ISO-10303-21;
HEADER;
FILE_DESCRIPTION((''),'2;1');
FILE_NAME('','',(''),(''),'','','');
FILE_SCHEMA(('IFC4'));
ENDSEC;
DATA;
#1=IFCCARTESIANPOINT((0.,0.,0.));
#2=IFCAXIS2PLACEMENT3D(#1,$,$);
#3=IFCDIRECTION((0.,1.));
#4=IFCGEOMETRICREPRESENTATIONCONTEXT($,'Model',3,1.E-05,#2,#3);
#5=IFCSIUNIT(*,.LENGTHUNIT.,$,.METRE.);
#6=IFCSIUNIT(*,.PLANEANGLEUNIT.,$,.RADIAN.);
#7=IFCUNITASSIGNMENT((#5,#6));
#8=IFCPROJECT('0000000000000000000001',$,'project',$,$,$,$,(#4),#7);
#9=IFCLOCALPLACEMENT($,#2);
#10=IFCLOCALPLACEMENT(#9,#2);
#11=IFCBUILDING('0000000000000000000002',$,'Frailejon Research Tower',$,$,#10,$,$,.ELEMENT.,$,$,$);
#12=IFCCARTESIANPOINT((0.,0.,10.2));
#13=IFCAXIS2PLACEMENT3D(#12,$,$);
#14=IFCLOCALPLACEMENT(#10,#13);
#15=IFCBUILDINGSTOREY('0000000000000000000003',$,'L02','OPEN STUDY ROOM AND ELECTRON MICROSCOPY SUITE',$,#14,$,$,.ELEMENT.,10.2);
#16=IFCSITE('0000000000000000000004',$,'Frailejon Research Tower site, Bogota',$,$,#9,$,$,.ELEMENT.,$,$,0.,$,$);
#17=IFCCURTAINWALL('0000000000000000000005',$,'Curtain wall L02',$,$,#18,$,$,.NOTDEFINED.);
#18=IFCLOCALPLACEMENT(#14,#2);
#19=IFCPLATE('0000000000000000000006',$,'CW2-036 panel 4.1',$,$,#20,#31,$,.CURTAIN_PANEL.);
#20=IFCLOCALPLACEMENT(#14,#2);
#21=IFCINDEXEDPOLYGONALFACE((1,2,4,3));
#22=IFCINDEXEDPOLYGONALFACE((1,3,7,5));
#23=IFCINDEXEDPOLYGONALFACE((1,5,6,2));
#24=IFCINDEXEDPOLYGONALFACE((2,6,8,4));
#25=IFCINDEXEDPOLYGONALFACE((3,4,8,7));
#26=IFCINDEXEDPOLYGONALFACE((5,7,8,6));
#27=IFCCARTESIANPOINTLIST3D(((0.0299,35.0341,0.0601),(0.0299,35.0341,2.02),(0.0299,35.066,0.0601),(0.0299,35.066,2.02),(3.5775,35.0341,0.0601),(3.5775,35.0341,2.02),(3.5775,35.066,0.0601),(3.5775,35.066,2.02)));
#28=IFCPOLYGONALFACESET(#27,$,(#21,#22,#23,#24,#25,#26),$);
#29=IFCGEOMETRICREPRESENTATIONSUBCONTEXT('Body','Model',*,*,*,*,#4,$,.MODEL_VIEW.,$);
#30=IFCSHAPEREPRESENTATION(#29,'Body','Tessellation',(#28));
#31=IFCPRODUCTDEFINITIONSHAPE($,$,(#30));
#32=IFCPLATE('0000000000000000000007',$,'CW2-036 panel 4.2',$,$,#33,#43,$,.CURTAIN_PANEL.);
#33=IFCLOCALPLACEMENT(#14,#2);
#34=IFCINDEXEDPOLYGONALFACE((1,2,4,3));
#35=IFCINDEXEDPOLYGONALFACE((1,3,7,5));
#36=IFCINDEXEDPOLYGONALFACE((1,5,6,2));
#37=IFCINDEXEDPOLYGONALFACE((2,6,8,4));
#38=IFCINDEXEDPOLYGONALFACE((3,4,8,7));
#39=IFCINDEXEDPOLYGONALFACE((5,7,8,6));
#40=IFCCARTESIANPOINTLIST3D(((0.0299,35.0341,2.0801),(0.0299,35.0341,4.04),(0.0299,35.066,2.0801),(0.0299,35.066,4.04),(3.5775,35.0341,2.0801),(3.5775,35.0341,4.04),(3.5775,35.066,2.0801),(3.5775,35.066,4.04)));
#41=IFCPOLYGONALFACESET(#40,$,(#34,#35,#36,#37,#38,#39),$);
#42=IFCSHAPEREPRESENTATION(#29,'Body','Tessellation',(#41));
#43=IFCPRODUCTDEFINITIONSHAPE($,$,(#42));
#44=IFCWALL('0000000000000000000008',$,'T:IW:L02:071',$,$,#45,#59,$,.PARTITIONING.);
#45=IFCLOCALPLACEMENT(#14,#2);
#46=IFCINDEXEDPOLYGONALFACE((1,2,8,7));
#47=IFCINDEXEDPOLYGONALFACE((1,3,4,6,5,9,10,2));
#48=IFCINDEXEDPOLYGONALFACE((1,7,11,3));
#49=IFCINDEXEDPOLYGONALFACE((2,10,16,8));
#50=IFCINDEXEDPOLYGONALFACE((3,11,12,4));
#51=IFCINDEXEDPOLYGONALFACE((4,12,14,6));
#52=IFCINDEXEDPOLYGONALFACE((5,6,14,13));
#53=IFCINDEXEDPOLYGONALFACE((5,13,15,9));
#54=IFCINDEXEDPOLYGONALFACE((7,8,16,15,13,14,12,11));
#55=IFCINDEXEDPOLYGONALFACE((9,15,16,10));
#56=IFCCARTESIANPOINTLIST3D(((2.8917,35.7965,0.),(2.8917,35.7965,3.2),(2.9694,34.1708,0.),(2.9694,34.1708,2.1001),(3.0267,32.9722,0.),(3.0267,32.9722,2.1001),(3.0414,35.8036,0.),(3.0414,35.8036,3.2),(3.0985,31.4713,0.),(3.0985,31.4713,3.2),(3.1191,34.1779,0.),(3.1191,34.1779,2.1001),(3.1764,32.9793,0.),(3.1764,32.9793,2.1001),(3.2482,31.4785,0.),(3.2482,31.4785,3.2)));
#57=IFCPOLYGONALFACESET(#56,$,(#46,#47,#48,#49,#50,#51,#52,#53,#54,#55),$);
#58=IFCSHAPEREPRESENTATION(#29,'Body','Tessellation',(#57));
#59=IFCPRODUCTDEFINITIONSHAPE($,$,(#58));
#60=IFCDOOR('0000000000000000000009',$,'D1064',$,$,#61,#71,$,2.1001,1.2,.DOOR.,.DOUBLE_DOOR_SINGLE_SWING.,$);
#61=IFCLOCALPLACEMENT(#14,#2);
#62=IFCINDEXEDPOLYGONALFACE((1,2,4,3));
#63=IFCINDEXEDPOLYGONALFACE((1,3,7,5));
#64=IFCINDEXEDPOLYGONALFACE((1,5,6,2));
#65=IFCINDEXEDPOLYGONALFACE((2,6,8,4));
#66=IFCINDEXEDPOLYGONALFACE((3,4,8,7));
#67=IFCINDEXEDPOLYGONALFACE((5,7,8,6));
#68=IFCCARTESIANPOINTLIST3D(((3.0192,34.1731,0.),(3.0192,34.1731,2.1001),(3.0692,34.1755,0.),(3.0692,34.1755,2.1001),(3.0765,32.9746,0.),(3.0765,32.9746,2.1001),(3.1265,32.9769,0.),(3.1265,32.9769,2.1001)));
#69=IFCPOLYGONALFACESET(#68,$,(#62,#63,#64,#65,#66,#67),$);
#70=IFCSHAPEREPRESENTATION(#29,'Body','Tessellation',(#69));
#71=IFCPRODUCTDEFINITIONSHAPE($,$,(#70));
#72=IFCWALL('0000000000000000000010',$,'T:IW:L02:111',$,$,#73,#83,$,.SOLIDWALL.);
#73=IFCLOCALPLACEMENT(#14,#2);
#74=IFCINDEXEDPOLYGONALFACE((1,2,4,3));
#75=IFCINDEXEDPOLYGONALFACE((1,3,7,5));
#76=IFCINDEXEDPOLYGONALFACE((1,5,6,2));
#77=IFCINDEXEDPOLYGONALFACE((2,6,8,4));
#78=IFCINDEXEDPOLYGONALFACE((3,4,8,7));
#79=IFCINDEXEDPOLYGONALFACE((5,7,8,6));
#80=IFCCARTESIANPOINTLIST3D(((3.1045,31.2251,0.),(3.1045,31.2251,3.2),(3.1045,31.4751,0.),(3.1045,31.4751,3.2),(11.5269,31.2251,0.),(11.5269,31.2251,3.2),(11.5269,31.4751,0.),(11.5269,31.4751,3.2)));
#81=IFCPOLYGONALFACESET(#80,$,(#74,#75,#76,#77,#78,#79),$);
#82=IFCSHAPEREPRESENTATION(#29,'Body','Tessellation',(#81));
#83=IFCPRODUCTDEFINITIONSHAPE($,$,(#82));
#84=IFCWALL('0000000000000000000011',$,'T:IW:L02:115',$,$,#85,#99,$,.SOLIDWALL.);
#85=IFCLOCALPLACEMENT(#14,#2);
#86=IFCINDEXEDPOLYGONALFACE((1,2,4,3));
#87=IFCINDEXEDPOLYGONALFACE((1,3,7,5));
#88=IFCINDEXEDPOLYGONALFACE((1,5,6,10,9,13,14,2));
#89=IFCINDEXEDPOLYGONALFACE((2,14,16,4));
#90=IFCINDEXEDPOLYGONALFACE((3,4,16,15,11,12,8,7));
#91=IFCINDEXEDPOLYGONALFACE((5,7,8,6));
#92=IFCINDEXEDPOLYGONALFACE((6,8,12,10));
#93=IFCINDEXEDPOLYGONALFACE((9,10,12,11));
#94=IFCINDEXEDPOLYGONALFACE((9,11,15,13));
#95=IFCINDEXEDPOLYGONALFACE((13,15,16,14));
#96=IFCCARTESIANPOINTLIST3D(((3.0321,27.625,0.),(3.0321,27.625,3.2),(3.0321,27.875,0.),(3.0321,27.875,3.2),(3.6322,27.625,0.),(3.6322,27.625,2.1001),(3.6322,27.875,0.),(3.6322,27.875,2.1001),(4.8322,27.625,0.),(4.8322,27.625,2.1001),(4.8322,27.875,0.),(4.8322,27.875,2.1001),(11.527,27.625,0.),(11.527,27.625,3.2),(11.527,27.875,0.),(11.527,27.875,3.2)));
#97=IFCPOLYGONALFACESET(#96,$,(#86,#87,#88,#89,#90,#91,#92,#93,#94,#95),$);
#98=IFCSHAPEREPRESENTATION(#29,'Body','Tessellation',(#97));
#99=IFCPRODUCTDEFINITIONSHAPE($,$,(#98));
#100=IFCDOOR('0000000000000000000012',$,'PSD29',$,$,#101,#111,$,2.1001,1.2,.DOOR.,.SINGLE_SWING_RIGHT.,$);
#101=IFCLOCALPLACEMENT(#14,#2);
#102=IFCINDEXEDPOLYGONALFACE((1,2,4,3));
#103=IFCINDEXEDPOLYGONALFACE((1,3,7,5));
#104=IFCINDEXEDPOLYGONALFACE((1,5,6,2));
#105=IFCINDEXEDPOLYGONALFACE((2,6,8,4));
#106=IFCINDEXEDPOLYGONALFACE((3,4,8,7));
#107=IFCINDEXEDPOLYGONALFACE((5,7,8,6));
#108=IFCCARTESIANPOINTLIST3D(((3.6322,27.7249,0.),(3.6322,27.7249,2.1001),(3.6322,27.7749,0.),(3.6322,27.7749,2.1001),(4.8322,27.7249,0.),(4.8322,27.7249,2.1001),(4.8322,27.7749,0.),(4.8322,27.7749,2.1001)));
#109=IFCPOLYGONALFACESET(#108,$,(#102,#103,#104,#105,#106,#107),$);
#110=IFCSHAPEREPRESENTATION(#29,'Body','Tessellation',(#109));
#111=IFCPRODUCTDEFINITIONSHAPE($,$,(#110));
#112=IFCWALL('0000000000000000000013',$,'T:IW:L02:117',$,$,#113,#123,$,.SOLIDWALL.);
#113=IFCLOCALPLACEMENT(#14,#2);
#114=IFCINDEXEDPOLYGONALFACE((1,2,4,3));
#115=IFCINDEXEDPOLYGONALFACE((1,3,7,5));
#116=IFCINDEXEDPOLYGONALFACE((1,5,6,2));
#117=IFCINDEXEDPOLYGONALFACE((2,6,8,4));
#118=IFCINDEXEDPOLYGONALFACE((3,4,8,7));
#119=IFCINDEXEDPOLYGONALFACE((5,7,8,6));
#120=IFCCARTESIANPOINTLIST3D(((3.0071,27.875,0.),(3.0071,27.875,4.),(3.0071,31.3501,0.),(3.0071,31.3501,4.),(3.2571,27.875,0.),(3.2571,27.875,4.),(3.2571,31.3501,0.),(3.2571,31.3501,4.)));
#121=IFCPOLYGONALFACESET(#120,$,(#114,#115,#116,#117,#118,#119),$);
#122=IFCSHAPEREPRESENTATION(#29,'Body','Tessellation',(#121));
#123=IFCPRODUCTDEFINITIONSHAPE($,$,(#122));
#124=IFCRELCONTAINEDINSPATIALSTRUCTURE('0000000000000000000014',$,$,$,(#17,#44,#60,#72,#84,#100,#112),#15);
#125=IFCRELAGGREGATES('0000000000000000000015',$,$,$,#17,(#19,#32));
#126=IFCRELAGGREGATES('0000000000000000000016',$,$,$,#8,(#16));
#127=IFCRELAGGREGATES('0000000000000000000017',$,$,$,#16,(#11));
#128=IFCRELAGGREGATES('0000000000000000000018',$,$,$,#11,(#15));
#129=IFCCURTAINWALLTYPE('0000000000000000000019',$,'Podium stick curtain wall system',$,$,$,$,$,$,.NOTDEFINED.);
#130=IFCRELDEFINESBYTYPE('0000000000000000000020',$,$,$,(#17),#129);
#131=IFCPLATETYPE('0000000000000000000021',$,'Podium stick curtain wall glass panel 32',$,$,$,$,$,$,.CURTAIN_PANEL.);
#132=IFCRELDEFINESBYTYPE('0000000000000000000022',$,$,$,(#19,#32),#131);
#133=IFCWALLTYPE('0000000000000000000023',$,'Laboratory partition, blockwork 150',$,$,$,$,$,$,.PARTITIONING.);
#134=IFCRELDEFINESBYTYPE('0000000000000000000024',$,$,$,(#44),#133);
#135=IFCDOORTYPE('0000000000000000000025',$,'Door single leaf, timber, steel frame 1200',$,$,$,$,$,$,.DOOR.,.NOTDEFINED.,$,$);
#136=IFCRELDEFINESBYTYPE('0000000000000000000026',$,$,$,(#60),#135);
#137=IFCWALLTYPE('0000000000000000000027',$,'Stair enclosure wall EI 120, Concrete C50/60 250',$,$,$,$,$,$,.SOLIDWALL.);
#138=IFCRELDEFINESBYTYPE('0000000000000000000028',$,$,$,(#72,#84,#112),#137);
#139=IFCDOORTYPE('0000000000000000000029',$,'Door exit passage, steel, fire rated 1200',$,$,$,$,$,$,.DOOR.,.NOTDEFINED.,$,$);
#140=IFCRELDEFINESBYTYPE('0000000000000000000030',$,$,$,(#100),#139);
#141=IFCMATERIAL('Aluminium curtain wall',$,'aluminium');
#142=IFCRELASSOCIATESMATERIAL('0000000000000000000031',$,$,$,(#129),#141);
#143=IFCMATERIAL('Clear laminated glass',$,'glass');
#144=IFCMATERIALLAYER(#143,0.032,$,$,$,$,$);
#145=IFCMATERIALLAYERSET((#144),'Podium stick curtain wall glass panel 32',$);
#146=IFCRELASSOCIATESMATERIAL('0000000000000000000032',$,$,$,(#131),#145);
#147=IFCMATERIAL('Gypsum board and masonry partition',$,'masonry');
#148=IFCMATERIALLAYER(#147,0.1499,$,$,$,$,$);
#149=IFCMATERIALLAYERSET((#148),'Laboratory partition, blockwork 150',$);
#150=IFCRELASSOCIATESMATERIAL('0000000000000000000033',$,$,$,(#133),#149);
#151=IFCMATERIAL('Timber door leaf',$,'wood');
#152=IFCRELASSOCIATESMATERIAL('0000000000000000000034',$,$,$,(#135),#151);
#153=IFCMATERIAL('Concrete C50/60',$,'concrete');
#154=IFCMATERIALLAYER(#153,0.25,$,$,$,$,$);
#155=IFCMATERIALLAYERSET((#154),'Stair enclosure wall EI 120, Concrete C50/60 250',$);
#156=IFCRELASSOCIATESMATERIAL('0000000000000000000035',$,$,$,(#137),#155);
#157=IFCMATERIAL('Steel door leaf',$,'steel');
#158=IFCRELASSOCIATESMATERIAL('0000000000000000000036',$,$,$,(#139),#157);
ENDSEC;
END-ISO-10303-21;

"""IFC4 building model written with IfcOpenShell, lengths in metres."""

from ifc_helpers import new_model, si_unit, direction, frame, frame_2d, origin, origin_2d, place, context, subcontext, project, spatial, rectangle, extrude, material, layer, layer_set, type_object, element, fill, aggregate, save


model = new_model("IFC4")

# Units and contexts
model_context = context("Model", 3, precision=1e-05, world=origin(), true_north=direction((0.0, 1.0)))
body_context = subcontext(model_context, "Body", "Model", "MODEL_VIEW")
ifc_project = project(units=[si_unit("LENGTHUNIT", "METRE"), si_unit("PLANEANGLEUNIT", "RADIAN")], contexts=[model_context])

# Site, building, storey
site_placement = place(None, origin())
site = spatial("IfcSite", under=ifc_project, at=site_placement, Name="Frailejon Research Tower site, Bogota", CompositionType="ELEMENT", RefElevation=0.0)
building_placement = place(site_placement, origin())
building = spatial("IfcBuilding", under=site, at=building_placement, Name="Frailejon Research Tower", CompositionType="ELEMENT")
storey_placement = place(building_placement, frame((0.0, 0.0, 10.2)))
storey = spatial("IfcBuildingStorey", under=building, at=storey_placement, Name="L02", Description="OPEN STUDY ROOM AND ELECTRON MICROSCOPY SUITE", CompositionType="ELEMENT", Elevation=10.2)

# Curtain wall, plates
ifc_material_1 = material(Name="Aluminium curtain wall", Category="aluminium")
curtain_wall_type = type_object("IfcCurtainWallType", Name="Podium stick curtain wall system", PredefinedType="NOTDEFINED", material=ifc_material_1)
curtain_wall_placement = place(storey_placement, origin())
curtain_wall = element("IfcCurtainWall", 1, at=curtain_wall_placement, inside=storey, type_object=curtain_wall_type, Name="Curtain wall L02", PredefinedType="NOTDEFINED")
ifc_material_2 = material(Name="Clear laminated glass", Category="glass")
ifc_layer_1 = layer(ifc_material_2, 0.032)
ifc_layer_set_1 = layer_set([ifc_layer_1], Name="Podium stick curtain wall glass panel 32")
plate_type = type_object("IfcPlateType", Name="Podium stick curtain wall glass panel 32", PredefinedType="CURTAIN_PANEL", material=ifc_layer_set_1)
plate_1_placement = place(storey_placement, frame((1.8037, 35.05, 0.0601), z_axis=(0.0, 0.0, 1.0), x_axis=(-1.0, 0.0, 0.0)))
plate_1 = element("IfcPlate", 2, at=plate_1_placement, type_object=plate_type, Name="CW2-036 panel 4.1", PredefinedType="CURTAIN_PANEL", context=body_context, shape_type="SweptSolid", body=[
    extrude(rectangle(XDim=3.5476, YDim=0.032, at=origin_2d()), origin(), (0.0, 0.0, 1.0), 1.96),
])
plate_2_placement = place(storey_placement, frame((1.8037, 35.05, 2.0801), z_axis=(0.0, 0.0, 1.0), x_axis=(-1.0, 0.0, 0.0)))
plate_2 = element("IfcPlate", 3, at=plate_2_placement, type_object=plate_type, Name="CW2-036 panel 4.2", PredefinedType="CURTAIN_PANEL", context=body_context, shape_type="SweptSolid", body=[
    extrude(rectangle(XDim=3.5476, YDim=0.032, at=origin_2d()), origin(), (0.0, 0.0, 1.0), 1.96),
])
aggregate(curtain_wall, [plate_1, plate_2])

# Wall, opening, door
ifc_material_3 = material(Name="Gypsum board and masonry partition", Category="masonry")
ifc_layer_2 = layer(ifc_material_3, 0.1499)
ifc_layer_set_2 = layer_set([ifc_layer_2], Name="Laboratory partition, blockwork 150")
wall_type_1 = type_object("IfcWallType", Name="Laboratory partition, blockwork 150", PredefinedType="PARTITIONING", material=ifc_layer_set_2)
wall_1_placement = place(storey_placement, frame((2.9666, 35.8, 0.0), z_axis=(0.0, 0.0, 1.0), x_axis=(0.047755, -0.998859, 0.0)))
wall_1 = element("IfcWall", 4, at=wall_1_placement, inside=storey, type_object=wall_type_1, Name="T:IW:L02:071", PredefinedType="PARTITIONING", context=body_context, shape_type="SweptSolid", body=[
    extrude(rectangle(XDim=4.3301, YDim=0.1499, at=frame_2d((2.165, 0.0))), origin(), (0.0, 0.0, 1.0), 3.2),
])
opening_1_placement = place(wall_1_placement, frame((1.6274, 0.0, 0.0)))
opening_1 = element("IfcOpeningElement", 5, at=opening_1_placement, cuts=wall_1, PredefinedType="OPENING", context=body_context, shape_type="SweptSolid", body=[
    extrude(rectangle(XDim=1.2, YDim=2.1001, at=frame_2d((0.6001, 1.05))), frame((0.0, 0.085, 0.0), z_axis=(0.0, -1.0, 0.0), x_axis=(1.0, 0.0, 0.0)), (0.0, 0.0, 1.0), 0.1699),
])
ifc_material_4 = material(Name="Timber door leaf", Category="wood")
door_type_1 = type_object("IfcDoorType", Name="Door single leaf, timber, steel frame 1200", OperationType="NOTDEFINED", PredefinedType="DOOR", material=ifc_material_4)
door_1_placement = place(opening_1_placement, origin())
door_1 = element("IfcDoor", 6, at=door_1_placement, inside=storey, type_object=door_type_1, Name="D1064", OperationType="DOUBLE_DOOR_SINGLE_SWING", OverallHeight=2.1001, OverallWidth=1.2, PredefinedType="DOOR", context=body_context, shape_type="SweptSolid", body=[
    extrude(rectangle(XDim=1.2, YDim=2.1001, at=frame_2d((0.6001, 1.05))), frame((0.0, 0.0249, 0.0), z_axis=(0.0, -1.0, 0.0), x_axis=(1.0, 0.0, 0.0)), (0.0, 0.0, 1.0), 0.05),
])
fill(opening_1, door_1)

# Wall
ifc_material_5 = material(Name="Concrete C50/60", Category="concrete")
ifc_layer_3 = layer(ifc_material_5, 0.25)
ifc_layer_set_3 = layer_set([ifc_layer_3], Name="Stair enclosure wall EI 120, Concrete C50/60 250")
wall_type_2 = type_object("IfcWallType", Name="Stair enclosure wall EI 120, Concrete C50/60 250", PredefinedType="SOLIDWALL", material=ifc_layer_set_3)
wall_2_placement = place(storey_placement, frame((3.1045, 31.3501, 0.0), z_axis=(0.0, 0.0, 1.0), x_axis=(1.0, 0.0, 0.0)))
element("IfcWall", 7, at=wall_2_placement, inside=storey, type_object=wall_type_2, Name="T:IW:L02:111", PredefinedType="SOLIDWALL", context=body_context, shape_type="SweptSolid", body=[
    extrude(rectangle(XDim=8.4224, YDim=0.25, at=frame_2d((4.2112, 0.0))), origin(), (0.0, 0.0, 1.0), 3.2),
])

# Wall, opening, door
wall_3_placement = place(storey_placement, frame((3.032, 27.75, 0.0), z_axis=(0.0, 0.0, 1.0), x_axis=(1.0, 0.0, 0.0)))
wall_3 = element("IfcWall", 8, at=wall_3_placement, inside=storey, type_object=wall_type_2, Name="T:IW:L02:115", PredefinedType="SOLIDWALL", context=body_context, shape_type="SweptSolid", body=[
    extrude(rectangle(XDim=8.4949, YDim=0.25, at=frame_2d((4.2476, 0.0))), origin(), (0.0, 0.0, 1.0), 3.2),
])
opening_2_placement = place(wall_3_placement, frame((0.6001, 0.0, 0.0)))
opening_2 = element("IfcOpeningElement", 9, at=opening_2_placement, cuts=wall_3, PredefinedType="OPENING", context=body_context, shape_type="SweptSolid", body=[
    extrude(rectangle(XDim=1.2, YDim=2.1001, at=frame_2d((0.6001, 1.05))), frame((0.0, 0.135, 0.0), z_axis=(0.0, -1.0, 0.0), x_axis=(1.0, 0.0, 0.0)), (0.0, 0.0, 1.0), 0.27),
])
ifc_material_6 = material(Name="Steel door leaf", Category="steel")
door_type_2 = type_object("IfcDoorType", Name="Door exit passage, steel, fire rated 1200", OperationType="NOTDEFINED", PredefinedType="DOOR", material=ifc_material_6)
door_2_placement = place(opening_2_placement, origin())
door_2 = element("IfcDoor", 10, at=door_2_placement, inside=storey, type_object=door_type_2, Name="PSD29", OperationType="SINGLE_SWING_RIGHT", OverallHeight=2.1001, OverallWidth=1.2, PredefinedType="DOOR", context=body_context, shape_type="SweptSolid", body=[
    extrude(rectangle(XDim=1.2, YDim=2.1001, at=frame_2d((0.6001, 1.05))), frame((0.0, 0.0249, 0.0), z_axis=(0.0, -1.0, 0.0), x_axis=(1.0, 0.0, 0.0)), (0.0, 0.0, 1.0), 0.05),
])
fill(opening_2, door_2)

# Wall
wall_4_placement = place(storey_placement, frame((3.1321, 27.875, 0.0), z_axis=(0.0, 0.0, 1.0), x_axis=(0.0, 1.0, 0.0)))
element("IfcWall", 11, at=wall_4_placement, inside=storey, type_object=wall_type_2, Name="T:IW:L02:117", PredefinedType="SOLIDWALL", context=body_context, shape_type="SweptSolid", body=[
    extrude(rectangle(XDim=3.4751, YDim=0.25, at=frame_2d((1.7375, 0.0))), origin(), (0.0, 0.0, 1.0), 4.0),
])

save(model, "model.ifc")
